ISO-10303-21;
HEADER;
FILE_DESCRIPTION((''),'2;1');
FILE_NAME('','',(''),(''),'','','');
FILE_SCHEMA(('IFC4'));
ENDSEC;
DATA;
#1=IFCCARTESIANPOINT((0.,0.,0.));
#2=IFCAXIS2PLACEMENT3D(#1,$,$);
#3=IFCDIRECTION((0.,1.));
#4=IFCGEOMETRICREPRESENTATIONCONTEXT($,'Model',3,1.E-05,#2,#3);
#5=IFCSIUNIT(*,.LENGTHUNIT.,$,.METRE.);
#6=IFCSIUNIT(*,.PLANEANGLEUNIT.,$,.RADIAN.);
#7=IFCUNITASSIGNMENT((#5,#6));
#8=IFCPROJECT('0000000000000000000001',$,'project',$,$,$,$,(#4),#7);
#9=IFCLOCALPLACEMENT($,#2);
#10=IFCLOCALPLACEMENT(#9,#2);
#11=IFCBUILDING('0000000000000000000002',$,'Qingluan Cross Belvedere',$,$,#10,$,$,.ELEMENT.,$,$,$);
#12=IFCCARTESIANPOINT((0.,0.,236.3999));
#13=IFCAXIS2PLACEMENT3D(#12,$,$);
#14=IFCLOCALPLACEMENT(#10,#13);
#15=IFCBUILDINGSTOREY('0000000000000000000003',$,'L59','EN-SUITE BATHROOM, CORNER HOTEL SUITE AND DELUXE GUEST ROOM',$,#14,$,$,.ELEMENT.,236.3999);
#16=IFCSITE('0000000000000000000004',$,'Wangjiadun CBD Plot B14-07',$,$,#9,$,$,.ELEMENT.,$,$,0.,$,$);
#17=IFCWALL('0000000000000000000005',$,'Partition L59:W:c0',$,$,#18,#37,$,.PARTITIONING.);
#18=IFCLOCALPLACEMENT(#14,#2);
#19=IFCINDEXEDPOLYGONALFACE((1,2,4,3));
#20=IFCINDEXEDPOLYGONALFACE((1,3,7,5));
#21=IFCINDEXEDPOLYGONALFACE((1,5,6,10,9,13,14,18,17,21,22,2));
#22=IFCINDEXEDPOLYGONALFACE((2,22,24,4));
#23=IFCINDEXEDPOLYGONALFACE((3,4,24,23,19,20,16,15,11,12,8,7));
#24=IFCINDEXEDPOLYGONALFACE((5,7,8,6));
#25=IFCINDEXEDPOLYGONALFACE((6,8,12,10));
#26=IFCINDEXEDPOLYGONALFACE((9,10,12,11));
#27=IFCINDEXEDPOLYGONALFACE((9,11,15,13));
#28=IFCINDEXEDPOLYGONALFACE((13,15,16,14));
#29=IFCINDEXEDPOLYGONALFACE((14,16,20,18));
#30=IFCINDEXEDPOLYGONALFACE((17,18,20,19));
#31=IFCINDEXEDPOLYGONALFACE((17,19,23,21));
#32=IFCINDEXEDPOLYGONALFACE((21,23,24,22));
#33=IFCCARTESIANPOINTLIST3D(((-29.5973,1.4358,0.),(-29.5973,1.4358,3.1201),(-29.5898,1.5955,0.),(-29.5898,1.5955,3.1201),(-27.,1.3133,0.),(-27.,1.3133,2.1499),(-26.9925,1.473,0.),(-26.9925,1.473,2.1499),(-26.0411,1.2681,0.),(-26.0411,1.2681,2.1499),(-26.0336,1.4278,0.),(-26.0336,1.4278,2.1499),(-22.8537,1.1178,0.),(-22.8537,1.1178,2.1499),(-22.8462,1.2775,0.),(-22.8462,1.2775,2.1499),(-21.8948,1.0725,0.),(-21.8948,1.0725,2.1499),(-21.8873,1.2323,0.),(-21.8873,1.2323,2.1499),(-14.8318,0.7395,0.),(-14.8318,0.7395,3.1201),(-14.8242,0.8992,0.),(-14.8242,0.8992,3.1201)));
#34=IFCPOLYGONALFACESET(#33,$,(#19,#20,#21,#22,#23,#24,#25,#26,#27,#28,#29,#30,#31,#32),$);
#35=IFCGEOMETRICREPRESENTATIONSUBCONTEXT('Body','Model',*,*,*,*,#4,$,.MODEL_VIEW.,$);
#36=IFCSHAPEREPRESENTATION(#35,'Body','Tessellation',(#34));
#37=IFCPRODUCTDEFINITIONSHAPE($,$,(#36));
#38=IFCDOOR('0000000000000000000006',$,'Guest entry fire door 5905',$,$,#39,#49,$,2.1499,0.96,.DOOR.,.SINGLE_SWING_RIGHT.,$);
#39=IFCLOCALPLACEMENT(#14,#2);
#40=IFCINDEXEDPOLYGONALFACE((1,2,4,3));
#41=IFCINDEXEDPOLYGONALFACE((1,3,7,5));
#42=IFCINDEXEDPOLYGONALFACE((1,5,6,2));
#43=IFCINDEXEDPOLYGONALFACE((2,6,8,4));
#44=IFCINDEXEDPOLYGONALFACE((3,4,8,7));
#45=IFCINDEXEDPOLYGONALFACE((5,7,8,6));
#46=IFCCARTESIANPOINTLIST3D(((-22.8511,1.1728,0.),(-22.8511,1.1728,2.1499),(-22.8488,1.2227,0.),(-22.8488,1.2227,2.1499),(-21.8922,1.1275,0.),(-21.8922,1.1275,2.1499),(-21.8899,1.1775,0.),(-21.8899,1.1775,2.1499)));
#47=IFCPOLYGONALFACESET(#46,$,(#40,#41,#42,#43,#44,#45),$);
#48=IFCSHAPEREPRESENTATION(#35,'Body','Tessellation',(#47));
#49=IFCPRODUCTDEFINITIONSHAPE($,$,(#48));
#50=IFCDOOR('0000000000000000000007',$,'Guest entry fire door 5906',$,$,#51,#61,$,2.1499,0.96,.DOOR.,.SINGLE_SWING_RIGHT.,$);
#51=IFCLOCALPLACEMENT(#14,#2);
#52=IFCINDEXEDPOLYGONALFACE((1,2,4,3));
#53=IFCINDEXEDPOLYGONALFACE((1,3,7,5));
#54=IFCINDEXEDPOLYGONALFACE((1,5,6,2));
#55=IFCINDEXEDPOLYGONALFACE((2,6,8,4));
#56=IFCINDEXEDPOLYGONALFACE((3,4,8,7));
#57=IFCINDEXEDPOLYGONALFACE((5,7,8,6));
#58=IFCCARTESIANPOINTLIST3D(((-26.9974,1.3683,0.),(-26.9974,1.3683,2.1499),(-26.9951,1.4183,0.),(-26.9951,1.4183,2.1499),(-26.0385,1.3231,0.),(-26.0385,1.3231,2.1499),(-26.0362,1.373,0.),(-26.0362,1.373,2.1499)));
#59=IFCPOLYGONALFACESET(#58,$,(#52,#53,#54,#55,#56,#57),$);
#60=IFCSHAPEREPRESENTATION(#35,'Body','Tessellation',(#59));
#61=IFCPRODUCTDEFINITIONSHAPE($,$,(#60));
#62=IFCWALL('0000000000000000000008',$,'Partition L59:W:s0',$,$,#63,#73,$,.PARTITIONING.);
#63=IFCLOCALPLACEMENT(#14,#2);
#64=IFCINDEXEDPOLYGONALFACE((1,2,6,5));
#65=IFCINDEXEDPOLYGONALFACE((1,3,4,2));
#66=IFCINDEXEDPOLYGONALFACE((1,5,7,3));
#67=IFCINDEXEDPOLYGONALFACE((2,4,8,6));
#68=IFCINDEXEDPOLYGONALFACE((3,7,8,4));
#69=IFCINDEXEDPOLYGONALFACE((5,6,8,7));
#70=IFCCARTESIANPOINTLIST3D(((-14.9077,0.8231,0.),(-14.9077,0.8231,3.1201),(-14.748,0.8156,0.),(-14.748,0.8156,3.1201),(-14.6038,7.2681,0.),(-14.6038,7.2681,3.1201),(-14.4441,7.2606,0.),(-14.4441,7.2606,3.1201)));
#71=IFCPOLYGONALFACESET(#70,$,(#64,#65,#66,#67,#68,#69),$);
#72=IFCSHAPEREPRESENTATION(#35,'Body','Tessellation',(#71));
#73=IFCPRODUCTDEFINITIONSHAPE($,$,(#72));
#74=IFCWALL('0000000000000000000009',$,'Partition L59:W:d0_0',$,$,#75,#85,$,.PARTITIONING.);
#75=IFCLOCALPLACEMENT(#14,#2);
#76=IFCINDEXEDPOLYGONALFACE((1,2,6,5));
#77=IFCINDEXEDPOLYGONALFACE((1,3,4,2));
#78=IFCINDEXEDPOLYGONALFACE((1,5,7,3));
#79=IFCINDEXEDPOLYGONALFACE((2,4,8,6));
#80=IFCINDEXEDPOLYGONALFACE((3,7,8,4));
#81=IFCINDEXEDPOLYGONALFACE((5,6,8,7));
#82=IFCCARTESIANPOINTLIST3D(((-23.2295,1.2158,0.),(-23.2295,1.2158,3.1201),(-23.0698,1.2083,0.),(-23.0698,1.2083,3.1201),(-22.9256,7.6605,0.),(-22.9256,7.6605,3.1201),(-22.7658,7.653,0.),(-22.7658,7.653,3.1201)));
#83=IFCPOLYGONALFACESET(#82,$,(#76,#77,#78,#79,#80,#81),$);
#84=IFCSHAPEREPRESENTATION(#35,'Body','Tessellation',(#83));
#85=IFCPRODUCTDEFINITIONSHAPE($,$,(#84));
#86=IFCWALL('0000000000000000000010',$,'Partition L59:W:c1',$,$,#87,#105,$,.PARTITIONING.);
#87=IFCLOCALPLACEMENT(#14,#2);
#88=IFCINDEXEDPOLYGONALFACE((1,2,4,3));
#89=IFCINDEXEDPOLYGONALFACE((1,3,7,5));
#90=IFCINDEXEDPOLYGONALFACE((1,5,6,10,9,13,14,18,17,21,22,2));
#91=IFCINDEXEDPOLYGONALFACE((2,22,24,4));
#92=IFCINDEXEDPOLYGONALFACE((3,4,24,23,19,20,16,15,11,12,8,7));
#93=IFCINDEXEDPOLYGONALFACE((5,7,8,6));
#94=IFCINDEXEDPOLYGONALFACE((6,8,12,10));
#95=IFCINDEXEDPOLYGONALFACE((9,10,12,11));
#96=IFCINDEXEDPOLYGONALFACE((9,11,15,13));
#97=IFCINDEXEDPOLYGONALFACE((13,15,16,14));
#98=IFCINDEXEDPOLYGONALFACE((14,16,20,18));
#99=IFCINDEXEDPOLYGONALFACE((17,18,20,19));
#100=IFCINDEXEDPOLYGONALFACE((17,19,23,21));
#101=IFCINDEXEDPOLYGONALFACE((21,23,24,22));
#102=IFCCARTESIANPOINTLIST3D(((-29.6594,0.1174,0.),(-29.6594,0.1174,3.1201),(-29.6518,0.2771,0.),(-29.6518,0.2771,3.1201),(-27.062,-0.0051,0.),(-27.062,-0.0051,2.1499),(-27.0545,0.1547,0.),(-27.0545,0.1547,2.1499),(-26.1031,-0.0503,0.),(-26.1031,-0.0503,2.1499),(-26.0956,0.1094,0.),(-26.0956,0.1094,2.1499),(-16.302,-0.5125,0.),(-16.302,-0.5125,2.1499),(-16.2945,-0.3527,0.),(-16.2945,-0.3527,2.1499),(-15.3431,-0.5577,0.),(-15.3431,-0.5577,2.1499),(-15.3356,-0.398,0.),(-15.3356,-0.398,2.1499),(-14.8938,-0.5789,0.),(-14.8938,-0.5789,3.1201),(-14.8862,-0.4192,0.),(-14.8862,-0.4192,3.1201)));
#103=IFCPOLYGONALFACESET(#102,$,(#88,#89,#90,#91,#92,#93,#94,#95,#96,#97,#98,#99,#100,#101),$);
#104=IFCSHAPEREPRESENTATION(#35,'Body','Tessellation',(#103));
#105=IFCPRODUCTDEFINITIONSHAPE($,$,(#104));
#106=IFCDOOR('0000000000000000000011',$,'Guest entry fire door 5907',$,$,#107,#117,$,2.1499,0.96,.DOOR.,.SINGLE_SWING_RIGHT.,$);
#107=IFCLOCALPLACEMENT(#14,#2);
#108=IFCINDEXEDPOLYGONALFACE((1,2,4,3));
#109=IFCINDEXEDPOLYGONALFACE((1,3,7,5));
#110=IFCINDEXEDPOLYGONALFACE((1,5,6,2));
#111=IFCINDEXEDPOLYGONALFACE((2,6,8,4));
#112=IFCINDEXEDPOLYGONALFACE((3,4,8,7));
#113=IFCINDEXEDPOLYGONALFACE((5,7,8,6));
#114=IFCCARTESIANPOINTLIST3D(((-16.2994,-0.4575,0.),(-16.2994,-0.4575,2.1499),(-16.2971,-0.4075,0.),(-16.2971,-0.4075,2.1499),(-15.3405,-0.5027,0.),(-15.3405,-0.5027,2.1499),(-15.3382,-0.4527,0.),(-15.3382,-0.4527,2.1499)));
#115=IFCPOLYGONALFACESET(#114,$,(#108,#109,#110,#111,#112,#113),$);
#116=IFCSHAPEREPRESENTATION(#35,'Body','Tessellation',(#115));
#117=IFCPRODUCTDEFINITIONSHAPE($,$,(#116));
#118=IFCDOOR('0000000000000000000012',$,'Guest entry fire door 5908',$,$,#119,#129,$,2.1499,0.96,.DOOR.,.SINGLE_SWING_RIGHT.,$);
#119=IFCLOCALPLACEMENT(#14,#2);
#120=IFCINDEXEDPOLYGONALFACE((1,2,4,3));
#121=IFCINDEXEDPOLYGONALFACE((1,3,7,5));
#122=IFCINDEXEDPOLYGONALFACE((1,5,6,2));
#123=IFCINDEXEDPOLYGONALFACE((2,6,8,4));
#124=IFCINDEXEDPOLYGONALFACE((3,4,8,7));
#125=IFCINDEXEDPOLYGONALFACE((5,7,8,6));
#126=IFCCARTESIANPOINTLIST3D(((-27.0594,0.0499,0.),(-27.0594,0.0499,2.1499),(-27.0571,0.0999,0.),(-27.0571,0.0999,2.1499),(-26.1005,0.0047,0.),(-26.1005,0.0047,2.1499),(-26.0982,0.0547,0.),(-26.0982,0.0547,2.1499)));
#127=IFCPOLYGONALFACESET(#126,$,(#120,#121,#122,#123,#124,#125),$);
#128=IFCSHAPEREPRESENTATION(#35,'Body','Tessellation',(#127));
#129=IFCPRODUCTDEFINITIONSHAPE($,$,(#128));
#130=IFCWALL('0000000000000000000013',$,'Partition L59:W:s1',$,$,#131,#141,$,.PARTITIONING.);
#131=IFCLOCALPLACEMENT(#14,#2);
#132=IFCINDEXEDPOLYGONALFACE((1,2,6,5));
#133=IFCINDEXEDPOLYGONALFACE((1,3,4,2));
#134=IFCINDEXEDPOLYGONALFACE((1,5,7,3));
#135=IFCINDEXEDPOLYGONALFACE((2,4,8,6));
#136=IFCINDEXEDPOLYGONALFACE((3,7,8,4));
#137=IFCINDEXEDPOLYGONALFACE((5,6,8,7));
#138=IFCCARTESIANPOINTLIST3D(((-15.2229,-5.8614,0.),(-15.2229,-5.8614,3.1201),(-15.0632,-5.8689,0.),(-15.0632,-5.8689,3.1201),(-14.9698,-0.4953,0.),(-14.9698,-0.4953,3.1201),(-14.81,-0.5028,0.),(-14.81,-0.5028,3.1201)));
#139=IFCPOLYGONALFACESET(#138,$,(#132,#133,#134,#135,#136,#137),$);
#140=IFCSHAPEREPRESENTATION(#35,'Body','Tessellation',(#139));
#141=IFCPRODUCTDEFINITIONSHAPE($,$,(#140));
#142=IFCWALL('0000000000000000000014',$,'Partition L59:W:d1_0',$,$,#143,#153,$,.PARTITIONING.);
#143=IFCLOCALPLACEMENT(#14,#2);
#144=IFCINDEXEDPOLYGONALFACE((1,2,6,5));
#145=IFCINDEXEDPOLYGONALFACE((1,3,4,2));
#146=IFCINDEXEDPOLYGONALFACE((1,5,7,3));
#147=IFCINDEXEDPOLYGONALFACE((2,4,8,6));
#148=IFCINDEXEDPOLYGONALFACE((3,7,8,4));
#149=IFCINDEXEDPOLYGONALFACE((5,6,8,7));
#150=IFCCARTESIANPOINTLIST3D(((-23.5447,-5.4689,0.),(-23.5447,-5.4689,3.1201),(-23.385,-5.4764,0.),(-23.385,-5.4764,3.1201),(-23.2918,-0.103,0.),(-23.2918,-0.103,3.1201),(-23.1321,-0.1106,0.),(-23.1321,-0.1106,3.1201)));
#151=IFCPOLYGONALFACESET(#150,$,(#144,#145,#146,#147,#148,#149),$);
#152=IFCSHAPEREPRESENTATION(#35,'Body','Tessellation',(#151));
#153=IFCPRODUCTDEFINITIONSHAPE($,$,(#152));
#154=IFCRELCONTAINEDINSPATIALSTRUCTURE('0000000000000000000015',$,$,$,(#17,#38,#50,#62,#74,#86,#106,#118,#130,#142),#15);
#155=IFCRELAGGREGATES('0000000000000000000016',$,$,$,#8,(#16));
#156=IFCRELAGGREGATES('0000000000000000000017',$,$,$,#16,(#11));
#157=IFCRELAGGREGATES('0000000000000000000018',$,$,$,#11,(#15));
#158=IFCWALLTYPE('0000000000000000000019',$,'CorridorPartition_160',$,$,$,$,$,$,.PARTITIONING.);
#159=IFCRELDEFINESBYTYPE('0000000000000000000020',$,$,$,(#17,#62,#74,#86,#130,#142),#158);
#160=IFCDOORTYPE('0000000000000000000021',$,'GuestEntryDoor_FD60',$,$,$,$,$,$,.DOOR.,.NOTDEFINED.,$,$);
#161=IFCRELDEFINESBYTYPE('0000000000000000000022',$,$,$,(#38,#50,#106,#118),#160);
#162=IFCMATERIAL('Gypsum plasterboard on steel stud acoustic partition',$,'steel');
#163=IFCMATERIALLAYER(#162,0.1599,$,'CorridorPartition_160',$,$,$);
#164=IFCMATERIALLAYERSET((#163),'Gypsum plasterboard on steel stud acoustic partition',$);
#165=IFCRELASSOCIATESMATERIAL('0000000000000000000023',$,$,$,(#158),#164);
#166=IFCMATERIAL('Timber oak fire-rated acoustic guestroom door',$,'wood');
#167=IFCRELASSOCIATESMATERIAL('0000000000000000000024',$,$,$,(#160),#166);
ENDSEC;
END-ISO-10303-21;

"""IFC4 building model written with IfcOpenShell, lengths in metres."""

from ifc_helpers import new_model, si_unit, direction, frame, frame_2d, origin, place, context, subcontext, project, spatial, rectangle, extrude, material, layer, layer_set, type_object, element, fill, save


model = new_model("IFC4")

# Units and contexts
model_context = context("Model", 3, precision=1e-05, world=origin(), true_north=direction((0.0, 1.0)))
body_context = subcontext(model_context, "Body", "Model", "MODEL_VIEW")
ifc_project = project(units=[si_unit("LENGTHUNIT", "METRE"), si_unit("PLANEANGLEUNIT", "RADIAN")], contexts=[model_context])

# Site, building, storey
site_placement = place(None, origin())
site = spatial("IfcSite", under=ifc_project, at=site_placement, Name="Wangjiadun CBD Plot B14-07", CompositionType="ELEMENT", RefElevation=0.0)
building_placement = place(site_placement, origin())
building = spatial("IfcBuilding", under=site, at=building_placement, Name="Qingluan Cross Belvedere", CompositionType="ELEMENT")
storey_placement = place(building_placement, frame((0.0, 0.0, 236.3999)))
storey = spatial("IfcBuildingStorey", under=building, at=storey_placement, Name="L59", Description="EN-SUITE BATHROOM, CORNER HOTEL SUITE AND DELUXE GUEST ROOM", CompositionType="ELEMENT", Elevation=236.3999)

# Wall, openings, doors
ifc_material_1 = material(Name="Gypsum plasterboard on steel stud acoustic partition", Category="steel")
ifc_layer_1 = layer(ifc_material_1, 0.1599, Name="CorridorPartition_160")
ifc_layer_set_1 = layer_set([ifc_layer_1], Name="Gypsum plasterboard on steel stud acoustic partition")
wall_type_1 = type_object("IfcWallType", Name="CorridorPartition_160", PredefinedType="PARTITIONING", material=ifc_layer_set_1)
wall_1_placement = place(storey_placement, frame((-14.8279, 0.8193, 0.0), z_axis=(0.0, 0.0, 1.0), x_axis=(-0.99889, 0.047104, 0.0)))
wall_1 = element("IfcWall", 1, at=wall_1_placement, inside=storey, type_object=wall_type_1, Name="Partition L59:W:c0", PredefinedType="PARTITIONING", context=body_context, shape_type="SweptSolid", body=[
    extrude(rectangle(XDim=14.782, YDim=0.1599, at=frame_2d((7.3911, 0.0))), origin(), (0.0, 0.0, 1.0), 3.1201),
])
opening_1_placement = place(wall_1_placement, frame((7.071, 0.0, 0.0)))
opening_1 = element("IfcOpeningElement", 2, at=opening_1_placement, cuts=wall_1, PredefinedType="OPENING", context=body_context, shape_type="SweptSolid", body=[
    extrude(rectangle(XDim=0.96, YDim=2.1499, at=frame_2d((0.48, 1.075))), frame((0.0, 0.0898, 0.0), z_axis=(0.0, -1.0, 0.0), x_axis=(1.0, 0.0, 0.0)), (0.0, 0.0, 1.0), 0.1799),
])
opening_2_placement = place(wall_1_placement, frame((11.2219, 0.0, 0.0)))
opening_2 = element("IfcOpeningElement", 3, at=opening_2_placement, cuts=wall_1, PredefinedType="OPENING", context=body_context, shape_type="SweptSolid", body=[
    extrude(rectangle(XDim=0.96, YDim=2.1499, at=frame_2d((0.48, 1.075))), frame((0.0, 0.0898, 0.0), z_axis=(0.0, -1.0, 0.0), x_axis=(1.0, 0.0, 0.0)), (0.0, 0.0, 1.0), 0.1799),
])
ifc_material_2 = material(Name="Timber oak fire-rated acoustic guestroom door", Category="wood")
door_type_1 = type_object("IfcDoorType", Name="GuestEntryDoor_FD60", OperationType="NOTDEFINED", PredefinedType="DOOR", material=ifc_material_2)
door_1_placement = place(opening_1_placement, origin())
door_1 = element("IfcDoor", 4, at=door_1_placement, inside=storey, type_object=door_type_1, Name="Guest entry fire door 5905", OperationType="SINGLE_SWING_RIGHT", OverallHeight=2.1499, OverallWidth=0.96, PredefinedType="DOOR", context=body_context, shape_type="SweptSolid", body=[
    extrude(rectangle(XDim=0.96, YDim=2.1499, at=frame_2d((0.48, 1.075))), frame((0.0, 0.0249, 0.0), z_axis=(0.0, -1.0, 0.0), x_axis=(1.0, 0.0, 0.0)), (0.0, 0.0, 1.0), 0.05),
])
fill(opening_1, door_1)
door_2_placement = place(opening_2_placement, origin())
door_2 = element("IfcDoor", 5, at=door_2_placement, inside=storey, type_object=door_type_1, Name="Guest entry fire door 5906", OperationType="SINGLE_SWING_RIGHT", OverallHeight=2.1499, OverallWidth=0.96, PredefinedType="DOOR", context=body_context, shape_type="SweptSolid", body=[
    extrude(rectangle(XDim=0.96, YDim=2.1499, at=frame_2d((0.48, 1.075))), frame((0.0, 0.0249, 0.0), z_axis=(0.0, -1.0, 0.0), x_axis=(1.0, 0.0, 0.0)), (0.0, 0.0, 1.0), 0.05),
])
fill(opening_2, door_2)

# Walls
wall_2_placement = place(storey_placement, frame((-14.8279, 0.8193, 0.0), z_axis=(0.0, 0.0, 1.0), x_axis=(0.047109, 0.99889, 0.0)))
element("IfcWall", 6, at=wall_2_placement, inside=storey, type_object=wall_type_1, Name="Partition L59:W:s0", PredefinedType="PARTITIONING", context=body_context, shape_type="SweptSolid", body=[
    extrude(rectangle(XDim=6.4521, YDim=0.1599, at=frame_2d((3.2261, 0.0))), origin(), (0.0, 0.0, 1.0), 3.1201),
])
wall_3_placement = place(storey_placement, frame((-23.1497, 1.2119, 0.0), z_axis=(0.0, 0.0, 1.0), x_axis=(0.04711, 0.99889, 0.0)))
element("IfcWall", 7, at=wall_3_placement, inside=storey, type_object=wall_type_1, Name="Partition L59:W:d0_0", PredefinedType="PARTITIONING", context=body_context, shape_type="SweptSolid", body=[
    extrude(rectangle(XDim=6.4519, YDim=0.1599, at=frame_2d((3.2261, 0.0))), origin(), (0.0, 0.0, 1.0), 3.1201),
])

# Wall, openings, doors
wall_4_placement = place(storey_placement, frame((-14.8899, -0.499, 0.0), z_axis=(0.0, 0.0, 1.0), x_axis=(-0.99889, 0.047104, 0.0)))
wall_4 = element("IfcWall", 8, at=wall_4_placement, inside=storey, type_object=wall_type_1, Name="Partition L59:W:c1", PredefinedType="PARTITIONING", context=body_context, shape_type="SweptSolid", body=[
    extrude(rectangle(XDim=14.782, YDim=0.1599, at=frame_2d((7.3911, 0.0))), origin(), (0.0, 0.0, 1.0), 3.1201),
])
opening_3_placement = place(wall_4_placement, frame((0.45, 0.0, 0.0)))
opening_3 = element("IfcOpeningElement", 9, at=opening_3_placement, cuts=wall_4, PredefinedType="OPENING", context=body_context, shape_type="SweptSolid", body=[
    extrude(rectangle(XDim=0.96, YDim=2.1499, at=frame_2d((0.48, 1.075))), frame((0.0, 0.0898, 0.0), z_axis=(0.0, -1.0, 0.0), x_axis=(1.0, 0.0, 0.0)), (0.0, 0.0, 1.0), 0.1799),
])
opening_4_placement = place(wall_4_placement, frame((11.2219, 0.0, 0.0)))
opening_4 = element("IfcOpeningElement", 10, at=opening_4_placement, cuts=wall_4, PredefinedType="OPENING", context=body_context, shape_type="SweptSolid", body=[
    extrude(rectangle(XDim=0.96, YDim=2.1499, at=frame_2d((0.48, 1.075))), frame((0.0, 0.0898, 0.0), z_axis=(0.0, -1.0, 0.0), x_axis=(1.0, 0.0, 0.0)), (0.0, 0.0, 1.0), 0.1799),
])
door_3_placement = place(opening_3_placement, origin())
door_3 = element("IfcDoor", 11, at=door_3_placement, inside=storey, type_object=door_type_1, Name="Guest entry fire door 5907", OperationType="SINGLE_SWING_RIGHT", OverallHeight=2.1499, OverallWidth=0.96, PredefinedType="DOOR", context=body_context, shape_type="SweptSolid", body=[
    extrude(rectangle(XDim=0.96, YDim=2.1499, at=frame_2d((0.48, 1.075))), frame((0.0, 0.0249, 0.0), z_axis=(0.0, -1.0, 0.0), x_axis=(1.0, 0.0, 0.0)), (0.0, 0.0, 1.0), 0.05),
])
fill(opening_3, door_3)
door_4_placement = place(opening_4_placement, origin())
door_4 = element("IfcDoor", 12, at=door_4_placement, inside=storey, type_object=door_type_1, Name="Guest entry fire door 5908", OperationType="SINGLE_SWING_RIGHT", OverallHeight=2.1499, OverallWidth=0.96, PredefinedType="DOOR", context=body_context, shape_type="SweptSolid", body=[
    extrude(rectangle(XDim=0.96, YDim=2.1499, at=frame_2d((0.48, 1.075))), frame((0.0, 0.0249, 0.0), z_axis=(0.0, -1.0, 0.0), x_axis=(1.0, 0.0, 0.0)), (0.0, 0.0, 1.0), 0.05),
])
fill(opening_4, door_4)

# Walls
wall_5_placement = place(storey_placement, frame((-14.8899, -0.499, 0.0), z_axis=(0.0, 0.0, 1.0), x_axis=(-0.047127, -0.998889, 0.0)))
element("IfcWall", 13, at=wall_5_placement, inside=storey, type_object=wall_type_1, Name="Partition L59:W:s1", PredefinedType="PARTITIONING", context=body_context, shape_type="SweptSolid", body=[
    extrude(rectangle(XDim=5.3721, YDim=0.1599, at=frame_2d((2.686, 0.0))), origin(), (0.0, 0.0, 1.0), 3.1201),
])
wall_6_placement = place(storey_placement, frame((-23.2119, -0.1067, 0.0), z_axis=(0.0, 0.0, 1.0), x_axis=(-0.047084, -0.998891, 0.0)))
element("IfcWall", 14, at=wall_6_placement, inside=storey, type_object=wall_type_1, Name="Partition L59:W:d1_0", PredefinedType="PARTITIONING", context=body_context, shape_type="SweptSolid", body=[
    extrude(rectangle(XDim=5.3718, YDim=0.1599, at=frame_2d((2.686, 0.0))), origin(), (0.0, 0.0, 1.0), 3.1201),
])

save(model, "model.ifc")
